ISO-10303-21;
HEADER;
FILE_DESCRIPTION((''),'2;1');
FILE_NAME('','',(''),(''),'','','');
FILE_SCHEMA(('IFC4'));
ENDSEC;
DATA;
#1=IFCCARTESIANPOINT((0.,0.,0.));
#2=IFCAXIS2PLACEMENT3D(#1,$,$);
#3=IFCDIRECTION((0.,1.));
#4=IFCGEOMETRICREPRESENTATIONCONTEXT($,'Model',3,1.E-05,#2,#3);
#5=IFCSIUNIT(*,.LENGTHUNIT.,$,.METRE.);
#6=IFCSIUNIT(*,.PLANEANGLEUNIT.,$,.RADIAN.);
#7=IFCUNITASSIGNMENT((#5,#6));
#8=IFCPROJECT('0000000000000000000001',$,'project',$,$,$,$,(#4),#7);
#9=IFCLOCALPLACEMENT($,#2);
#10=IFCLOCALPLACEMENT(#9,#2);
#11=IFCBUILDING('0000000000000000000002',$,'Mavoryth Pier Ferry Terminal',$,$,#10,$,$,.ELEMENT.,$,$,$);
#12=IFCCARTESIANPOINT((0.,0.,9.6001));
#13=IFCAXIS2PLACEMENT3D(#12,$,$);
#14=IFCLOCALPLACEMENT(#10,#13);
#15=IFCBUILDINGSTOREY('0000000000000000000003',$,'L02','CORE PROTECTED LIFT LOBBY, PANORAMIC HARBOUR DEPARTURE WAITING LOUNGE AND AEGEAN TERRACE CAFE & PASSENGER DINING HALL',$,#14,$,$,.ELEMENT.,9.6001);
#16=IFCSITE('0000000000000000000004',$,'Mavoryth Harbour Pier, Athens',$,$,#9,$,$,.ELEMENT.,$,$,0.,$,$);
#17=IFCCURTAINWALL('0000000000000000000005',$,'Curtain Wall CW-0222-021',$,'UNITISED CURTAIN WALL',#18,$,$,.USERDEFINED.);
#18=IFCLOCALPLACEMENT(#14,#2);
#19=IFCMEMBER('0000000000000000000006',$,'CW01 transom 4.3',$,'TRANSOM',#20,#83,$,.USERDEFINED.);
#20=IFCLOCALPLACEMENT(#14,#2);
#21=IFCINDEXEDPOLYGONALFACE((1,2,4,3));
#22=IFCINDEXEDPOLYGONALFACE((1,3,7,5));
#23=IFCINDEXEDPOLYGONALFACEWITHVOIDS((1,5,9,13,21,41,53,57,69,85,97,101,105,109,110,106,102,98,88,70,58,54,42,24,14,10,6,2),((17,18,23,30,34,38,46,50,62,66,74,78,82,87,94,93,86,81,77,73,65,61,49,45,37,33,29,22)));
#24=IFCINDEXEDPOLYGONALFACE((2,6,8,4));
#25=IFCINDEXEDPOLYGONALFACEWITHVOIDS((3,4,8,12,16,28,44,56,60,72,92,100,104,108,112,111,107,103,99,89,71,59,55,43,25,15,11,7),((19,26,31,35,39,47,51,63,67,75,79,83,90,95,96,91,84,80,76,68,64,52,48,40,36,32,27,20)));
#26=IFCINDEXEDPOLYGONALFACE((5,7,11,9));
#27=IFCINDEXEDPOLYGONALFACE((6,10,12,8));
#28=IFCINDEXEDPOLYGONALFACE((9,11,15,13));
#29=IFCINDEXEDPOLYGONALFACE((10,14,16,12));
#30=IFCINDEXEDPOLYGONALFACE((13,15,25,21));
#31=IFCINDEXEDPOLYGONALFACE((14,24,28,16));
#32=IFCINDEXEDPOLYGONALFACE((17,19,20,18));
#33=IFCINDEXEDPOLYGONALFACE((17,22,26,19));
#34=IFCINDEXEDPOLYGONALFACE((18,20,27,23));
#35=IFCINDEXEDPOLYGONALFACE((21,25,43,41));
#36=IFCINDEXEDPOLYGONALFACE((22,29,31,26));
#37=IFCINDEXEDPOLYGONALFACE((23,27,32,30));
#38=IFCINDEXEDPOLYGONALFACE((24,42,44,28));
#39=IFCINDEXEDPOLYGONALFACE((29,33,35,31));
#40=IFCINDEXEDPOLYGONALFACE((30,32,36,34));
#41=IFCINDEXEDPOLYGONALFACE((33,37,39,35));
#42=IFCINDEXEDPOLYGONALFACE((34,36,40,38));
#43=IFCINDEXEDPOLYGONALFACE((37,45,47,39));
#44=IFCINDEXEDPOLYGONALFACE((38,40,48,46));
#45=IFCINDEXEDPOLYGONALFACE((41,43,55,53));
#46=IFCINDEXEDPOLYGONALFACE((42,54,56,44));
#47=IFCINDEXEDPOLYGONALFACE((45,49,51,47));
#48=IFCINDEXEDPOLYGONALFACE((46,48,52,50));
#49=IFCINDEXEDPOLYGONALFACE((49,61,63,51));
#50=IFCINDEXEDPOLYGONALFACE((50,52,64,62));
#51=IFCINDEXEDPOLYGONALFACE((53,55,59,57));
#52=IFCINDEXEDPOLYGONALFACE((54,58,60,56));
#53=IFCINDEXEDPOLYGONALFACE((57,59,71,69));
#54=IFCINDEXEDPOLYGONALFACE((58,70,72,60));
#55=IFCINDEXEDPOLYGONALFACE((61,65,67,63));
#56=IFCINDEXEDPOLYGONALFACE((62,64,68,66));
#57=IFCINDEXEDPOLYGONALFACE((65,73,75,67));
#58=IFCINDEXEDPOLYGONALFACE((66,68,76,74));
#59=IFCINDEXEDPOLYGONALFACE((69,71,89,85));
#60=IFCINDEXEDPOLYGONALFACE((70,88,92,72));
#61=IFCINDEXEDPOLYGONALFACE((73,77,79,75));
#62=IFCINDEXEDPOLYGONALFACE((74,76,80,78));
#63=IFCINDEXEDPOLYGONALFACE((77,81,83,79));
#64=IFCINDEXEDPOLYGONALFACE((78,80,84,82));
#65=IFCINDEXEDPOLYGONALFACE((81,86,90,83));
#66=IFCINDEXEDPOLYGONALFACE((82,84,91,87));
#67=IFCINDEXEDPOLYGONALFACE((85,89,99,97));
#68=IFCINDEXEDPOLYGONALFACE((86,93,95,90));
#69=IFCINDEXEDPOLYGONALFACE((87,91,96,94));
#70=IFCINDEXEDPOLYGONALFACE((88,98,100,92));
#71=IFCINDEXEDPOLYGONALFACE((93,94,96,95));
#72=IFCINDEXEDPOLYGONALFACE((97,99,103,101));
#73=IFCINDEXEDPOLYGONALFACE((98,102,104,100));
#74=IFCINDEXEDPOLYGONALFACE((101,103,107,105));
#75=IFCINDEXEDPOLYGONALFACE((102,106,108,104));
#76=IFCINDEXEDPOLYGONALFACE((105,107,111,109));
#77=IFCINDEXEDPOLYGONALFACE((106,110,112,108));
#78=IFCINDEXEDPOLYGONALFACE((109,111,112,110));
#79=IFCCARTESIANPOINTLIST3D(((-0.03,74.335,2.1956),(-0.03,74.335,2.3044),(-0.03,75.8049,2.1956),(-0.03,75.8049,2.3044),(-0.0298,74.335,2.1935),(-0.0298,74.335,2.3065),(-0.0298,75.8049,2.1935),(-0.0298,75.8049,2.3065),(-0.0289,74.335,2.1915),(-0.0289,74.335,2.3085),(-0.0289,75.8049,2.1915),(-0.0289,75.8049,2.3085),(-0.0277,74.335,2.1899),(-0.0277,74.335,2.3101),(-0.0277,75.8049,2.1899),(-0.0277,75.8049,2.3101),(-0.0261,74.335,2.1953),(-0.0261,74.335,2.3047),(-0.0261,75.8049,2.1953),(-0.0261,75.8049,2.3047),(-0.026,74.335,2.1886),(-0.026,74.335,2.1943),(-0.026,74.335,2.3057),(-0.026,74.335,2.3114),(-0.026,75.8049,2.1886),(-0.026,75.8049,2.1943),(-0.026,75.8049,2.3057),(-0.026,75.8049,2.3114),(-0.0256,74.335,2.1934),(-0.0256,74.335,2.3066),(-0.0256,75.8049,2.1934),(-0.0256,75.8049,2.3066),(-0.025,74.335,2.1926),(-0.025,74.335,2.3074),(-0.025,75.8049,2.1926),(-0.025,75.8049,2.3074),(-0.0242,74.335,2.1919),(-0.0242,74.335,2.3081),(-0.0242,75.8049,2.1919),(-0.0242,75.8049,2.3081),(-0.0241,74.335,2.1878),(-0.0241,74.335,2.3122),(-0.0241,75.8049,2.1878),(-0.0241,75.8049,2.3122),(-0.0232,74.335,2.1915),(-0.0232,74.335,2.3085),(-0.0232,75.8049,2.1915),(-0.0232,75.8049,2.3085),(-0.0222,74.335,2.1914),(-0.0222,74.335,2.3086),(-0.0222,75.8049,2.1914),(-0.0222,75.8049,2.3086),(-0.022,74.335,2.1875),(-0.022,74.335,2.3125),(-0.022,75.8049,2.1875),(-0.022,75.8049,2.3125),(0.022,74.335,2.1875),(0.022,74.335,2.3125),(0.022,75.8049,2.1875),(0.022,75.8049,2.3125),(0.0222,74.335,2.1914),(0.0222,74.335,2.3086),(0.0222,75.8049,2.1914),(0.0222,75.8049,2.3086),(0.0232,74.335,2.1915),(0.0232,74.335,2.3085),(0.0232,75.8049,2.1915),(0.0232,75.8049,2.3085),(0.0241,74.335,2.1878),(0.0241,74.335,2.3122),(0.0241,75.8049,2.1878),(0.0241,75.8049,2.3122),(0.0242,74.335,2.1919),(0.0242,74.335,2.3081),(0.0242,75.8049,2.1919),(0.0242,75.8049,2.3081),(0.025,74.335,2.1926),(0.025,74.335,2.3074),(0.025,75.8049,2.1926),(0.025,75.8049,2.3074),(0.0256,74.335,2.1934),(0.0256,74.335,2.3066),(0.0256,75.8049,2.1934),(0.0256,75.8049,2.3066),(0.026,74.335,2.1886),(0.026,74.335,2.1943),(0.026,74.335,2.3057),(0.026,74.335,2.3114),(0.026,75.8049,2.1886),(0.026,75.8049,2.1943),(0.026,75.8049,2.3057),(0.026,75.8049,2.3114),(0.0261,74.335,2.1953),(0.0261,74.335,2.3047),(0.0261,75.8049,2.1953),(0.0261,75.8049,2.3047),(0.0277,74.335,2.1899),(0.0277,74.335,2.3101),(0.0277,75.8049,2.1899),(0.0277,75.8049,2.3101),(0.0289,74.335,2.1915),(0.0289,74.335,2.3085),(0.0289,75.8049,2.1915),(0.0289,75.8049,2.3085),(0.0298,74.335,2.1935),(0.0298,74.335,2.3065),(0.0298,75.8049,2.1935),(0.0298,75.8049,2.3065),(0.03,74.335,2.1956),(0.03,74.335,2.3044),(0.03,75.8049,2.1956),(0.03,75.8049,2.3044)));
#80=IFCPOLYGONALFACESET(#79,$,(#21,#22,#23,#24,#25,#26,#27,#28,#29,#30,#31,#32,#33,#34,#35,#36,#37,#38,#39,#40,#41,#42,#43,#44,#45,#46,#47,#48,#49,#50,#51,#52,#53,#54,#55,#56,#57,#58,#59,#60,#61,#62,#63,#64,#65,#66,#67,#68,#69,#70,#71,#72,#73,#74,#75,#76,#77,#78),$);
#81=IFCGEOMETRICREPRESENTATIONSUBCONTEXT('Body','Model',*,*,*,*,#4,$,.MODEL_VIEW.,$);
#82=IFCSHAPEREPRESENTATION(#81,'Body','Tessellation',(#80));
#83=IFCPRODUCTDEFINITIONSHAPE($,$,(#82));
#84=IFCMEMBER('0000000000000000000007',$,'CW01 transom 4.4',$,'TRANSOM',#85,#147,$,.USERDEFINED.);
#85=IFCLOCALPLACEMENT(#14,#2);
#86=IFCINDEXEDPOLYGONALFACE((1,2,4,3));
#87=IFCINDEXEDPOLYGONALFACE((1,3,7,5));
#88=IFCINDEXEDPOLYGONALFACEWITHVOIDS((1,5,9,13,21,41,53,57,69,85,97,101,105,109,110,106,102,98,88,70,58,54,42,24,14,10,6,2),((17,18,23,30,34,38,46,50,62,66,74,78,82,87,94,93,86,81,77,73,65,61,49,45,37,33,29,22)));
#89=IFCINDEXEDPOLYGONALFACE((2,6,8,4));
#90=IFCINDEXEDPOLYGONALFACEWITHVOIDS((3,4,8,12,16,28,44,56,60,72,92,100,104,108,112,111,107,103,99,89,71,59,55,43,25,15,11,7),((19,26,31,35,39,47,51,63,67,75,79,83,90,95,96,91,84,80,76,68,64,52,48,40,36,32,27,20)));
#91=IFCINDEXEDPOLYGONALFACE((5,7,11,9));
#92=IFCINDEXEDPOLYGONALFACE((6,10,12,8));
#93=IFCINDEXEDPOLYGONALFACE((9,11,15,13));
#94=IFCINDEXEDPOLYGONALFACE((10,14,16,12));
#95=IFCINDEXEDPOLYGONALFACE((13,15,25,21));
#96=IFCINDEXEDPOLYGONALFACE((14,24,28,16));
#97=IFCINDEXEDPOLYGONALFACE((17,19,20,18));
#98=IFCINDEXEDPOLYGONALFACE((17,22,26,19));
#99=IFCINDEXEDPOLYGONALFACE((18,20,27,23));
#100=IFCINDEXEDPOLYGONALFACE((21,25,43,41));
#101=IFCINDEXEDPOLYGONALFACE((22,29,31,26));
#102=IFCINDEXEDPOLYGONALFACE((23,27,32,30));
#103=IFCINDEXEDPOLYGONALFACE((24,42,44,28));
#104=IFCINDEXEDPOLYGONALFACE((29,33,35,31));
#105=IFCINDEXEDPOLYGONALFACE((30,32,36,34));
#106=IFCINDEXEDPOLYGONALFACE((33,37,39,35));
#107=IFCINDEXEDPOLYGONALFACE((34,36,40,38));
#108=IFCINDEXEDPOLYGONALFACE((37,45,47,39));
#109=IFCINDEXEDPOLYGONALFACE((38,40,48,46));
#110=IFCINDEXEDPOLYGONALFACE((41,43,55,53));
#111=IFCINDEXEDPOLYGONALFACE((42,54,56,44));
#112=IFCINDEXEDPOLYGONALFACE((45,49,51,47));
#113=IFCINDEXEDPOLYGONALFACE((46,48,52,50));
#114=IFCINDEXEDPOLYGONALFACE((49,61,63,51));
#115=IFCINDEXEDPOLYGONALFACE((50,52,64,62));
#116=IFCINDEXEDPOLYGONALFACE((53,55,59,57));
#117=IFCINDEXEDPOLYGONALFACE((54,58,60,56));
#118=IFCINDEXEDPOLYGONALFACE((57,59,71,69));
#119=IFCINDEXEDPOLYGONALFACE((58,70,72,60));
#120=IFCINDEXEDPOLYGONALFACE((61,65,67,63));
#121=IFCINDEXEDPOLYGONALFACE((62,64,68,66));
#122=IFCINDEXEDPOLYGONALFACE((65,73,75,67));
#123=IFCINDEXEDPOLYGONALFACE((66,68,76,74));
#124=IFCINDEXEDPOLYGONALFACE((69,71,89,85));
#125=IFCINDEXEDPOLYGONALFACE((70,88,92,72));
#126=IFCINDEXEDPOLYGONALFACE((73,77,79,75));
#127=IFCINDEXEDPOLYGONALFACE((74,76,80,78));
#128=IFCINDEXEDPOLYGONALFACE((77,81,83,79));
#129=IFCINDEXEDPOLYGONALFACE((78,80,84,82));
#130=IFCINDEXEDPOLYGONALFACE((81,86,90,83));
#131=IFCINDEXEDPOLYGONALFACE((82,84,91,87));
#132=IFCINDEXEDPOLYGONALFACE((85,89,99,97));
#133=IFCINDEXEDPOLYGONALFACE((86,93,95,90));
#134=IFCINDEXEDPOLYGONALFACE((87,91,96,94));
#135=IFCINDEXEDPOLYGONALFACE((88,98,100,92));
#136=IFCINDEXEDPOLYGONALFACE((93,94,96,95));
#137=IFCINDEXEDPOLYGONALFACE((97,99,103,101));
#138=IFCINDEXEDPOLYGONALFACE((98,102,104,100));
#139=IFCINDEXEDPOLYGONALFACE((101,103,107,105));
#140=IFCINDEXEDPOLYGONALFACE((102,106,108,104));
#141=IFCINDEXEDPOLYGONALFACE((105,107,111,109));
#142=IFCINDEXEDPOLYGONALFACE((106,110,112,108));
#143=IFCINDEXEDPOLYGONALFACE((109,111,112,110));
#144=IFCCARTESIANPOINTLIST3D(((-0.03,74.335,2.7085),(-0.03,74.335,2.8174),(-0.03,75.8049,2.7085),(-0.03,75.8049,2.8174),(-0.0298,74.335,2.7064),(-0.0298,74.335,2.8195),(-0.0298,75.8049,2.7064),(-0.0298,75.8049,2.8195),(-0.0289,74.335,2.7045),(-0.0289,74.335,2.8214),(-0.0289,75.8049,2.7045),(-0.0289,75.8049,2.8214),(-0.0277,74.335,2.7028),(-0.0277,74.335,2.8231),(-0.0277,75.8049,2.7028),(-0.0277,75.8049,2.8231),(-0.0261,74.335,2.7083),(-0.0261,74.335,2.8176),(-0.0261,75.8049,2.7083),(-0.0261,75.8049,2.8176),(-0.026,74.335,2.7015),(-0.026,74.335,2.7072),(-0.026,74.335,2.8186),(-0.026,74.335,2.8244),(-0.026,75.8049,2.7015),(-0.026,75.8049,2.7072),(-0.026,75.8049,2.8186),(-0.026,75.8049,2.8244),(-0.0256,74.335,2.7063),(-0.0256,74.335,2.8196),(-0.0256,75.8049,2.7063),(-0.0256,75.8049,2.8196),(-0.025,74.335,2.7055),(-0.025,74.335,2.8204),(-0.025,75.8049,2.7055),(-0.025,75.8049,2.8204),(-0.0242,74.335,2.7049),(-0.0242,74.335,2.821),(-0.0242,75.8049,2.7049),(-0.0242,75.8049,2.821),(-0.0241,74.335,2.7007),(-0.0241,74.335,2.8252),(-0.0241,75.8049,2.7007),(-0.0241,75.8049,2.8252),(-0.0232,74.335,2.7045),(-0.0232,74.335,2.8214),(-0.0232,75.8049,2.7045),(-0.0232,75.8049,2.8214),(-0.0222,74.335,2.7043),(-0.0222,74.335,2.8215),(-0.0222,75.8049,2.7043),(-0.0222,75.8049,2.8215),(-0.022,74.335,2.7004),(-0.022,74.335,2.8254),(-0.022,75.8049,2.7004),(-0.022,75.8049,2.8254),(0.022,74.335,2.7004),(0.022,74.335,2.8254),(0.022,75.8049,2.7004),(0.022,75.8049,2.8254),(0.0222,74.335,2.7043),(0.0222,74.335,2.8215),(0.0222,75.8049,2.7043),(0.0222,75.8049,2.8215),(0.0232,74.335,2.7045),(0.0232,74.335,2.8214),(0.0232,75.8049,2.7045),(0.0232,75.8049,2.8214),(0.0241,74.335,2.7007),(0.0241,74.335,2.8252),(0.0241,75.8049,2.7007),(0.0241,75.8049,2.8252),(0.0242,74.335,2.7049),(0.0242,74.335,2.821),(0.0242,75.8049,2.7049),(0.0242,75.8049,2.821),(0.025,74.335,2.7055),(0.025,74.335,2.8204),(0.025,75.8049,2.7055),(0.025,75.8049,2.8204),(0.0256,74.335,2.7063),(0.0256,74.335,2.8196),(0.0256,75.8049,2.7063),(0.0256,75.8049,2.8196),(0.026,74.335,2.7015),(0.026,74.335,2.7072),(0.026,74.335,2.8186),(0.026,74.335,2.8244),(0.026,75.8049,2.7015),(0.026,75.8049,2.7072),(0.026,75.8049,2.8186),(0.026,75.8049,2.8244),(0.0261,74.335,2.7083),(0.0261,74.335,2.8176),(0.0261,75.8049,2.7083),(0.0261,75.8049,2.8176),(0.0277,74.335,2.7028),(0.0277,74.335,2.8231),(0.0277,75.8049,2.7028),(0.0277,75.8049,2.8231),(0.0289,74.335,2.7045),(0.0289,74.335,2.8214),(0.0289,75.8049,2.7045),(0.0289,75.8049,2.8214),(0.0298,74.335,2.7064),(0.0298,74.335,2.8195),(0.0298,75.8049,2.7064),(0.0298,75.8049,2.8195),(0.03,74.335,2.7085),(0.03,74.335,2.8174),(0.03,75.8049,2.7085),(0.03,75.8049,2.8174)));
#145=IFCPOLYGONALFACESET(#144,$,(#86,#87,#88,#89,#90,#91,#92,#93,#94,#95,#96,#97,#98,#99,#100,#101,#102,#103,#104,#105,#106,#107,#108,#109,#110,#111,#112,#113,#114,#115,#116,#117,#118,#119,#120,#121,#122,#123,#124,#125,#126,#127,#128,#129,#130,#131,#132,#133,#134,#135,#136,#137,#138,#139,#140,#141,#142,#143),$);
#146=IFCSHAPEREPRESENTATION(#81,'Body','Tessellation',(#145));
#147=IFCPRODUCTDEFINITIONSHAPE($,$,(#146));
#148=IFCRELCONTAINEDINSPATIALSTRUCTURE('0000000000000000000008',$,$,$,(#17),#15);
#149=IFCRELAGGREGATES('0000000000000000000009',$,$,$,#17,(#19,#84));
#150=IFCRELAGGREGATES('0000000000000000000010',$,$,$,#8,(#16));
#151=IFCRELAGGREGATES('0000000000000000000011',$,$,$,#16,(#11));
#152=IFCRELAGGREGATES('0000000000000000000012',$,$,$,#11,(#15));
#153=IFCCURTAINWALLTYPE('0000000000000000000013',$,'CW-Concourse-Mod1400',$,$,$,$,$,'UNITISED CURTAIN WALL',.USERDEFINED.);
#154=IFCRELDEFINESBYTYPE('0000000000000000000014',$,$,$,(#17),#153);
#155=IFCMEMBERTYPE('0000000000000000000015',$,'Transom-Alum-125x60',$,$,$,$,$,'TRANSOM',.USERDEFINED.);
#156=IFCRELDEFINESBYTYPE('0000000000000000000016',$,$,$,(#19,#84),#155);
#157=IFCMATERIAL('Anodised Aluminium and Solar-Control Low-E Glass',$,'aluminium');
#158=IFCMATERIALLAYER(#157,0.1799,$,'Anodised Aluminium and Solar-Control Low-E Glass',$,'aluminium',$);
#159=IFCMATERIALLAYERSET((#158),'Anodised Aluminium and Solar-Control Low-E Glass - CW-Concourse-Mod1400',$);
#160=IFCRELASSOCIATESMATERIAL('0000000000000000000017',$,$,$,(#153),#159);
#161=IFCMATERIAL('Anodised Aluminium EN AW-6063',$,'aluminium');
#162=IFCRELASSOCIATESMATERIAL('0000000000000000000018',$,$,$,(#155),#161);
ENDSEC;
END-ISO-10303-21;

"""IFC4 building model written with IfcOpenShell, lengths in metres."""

from ifc_helpers import new_model, si_unit, direction, frame, origin, origin_2d, place, context, subcontext, project, spatial, hollow_rectangle, extrude, material, layer, layer_set, material_profile, profile_set, type_object, element, aggregate, save


model = new_model("IFC4")

# Units and contexts
model_context = context("Model", 3, precision=1e-05, world=origin(), true_north=direction((0.0, 1.0)))
body_context = subcontext(model_context, "Body", "Model", "MODEL_VIEW")
ifc_project = project(units=[si_unit("LENGTHUNIT", "METRE"), si_unit("PLANEANGLEUNIT", "RADIAN")], contexts=[model_context])

# Site, building, storey
site_placement = place(None, origin())
site = spatial("IfcSite", under=ifc_project, at=site_placement, Name="Mavoryth Harbour Pier, Athens", CompositionType="ELEMENT", RefElevation=0.0)
building_placement = place(site_placement, origin())
building = spatial("IfcBuilding", under=site, at=building_placement, Name="Mavoryth Pier Ferry Terminal", CompositionType="ELEMENT")
storey_placement = place(building_placement, frame((0.0, 0.0, 9.6001)))
storey = spatial("IfcBuildingStorey", under=building, at=storey_placement, Name="L02", Description="CORE PROTECTED LIFT LOBBY, PANORAMIC HARBOUR DEPARTURE WAITING LOUNGE AND AEGEAN TERRACE CAFE & PASSENGER DINING HALL", CompositionType="ELEMENT", Elevation=9.6001)

# Curtain wall
ifc_material_1 = material(Name="Anodised Aluminium and Solar-Control Low-E Glass", Category="aluminium")
ifc_layer_1 = layer(ifc_material_1, 0.1799, Name="Anodised Aluminium and Solar-Control Low-E Glass", Category="aluminium")
ifc_layer_set_1 = layer_set([ifc_layer_1], Name="Anodised Aluminium and Solar-Control Low-E Glass - CW-Concourse-Mod1400")
curtain_wall_type = type_object("IfcCurtainWallType", Name="CW-Concourse-Mod1400", ElementType="UNITISED CURTAIN WALL", PredefinedType="USERDEFINED", material=ifc_layer_set_1)
curtain_wall_placement = place(storey_placement, origin())
curtain_wall = element("IfcCurtainWall", 1, at=curtain_wall_placement, inside=storey, type_object=curtain_wall_type, Name="Curtain Wall CW-0222-021", ObjectType="UNITISED CURTAIN WALL", PredefinedType="USERDEFINED")
ifc_material_2 = material(Name="Anodised Aluminium EN AW-6063", Category="aluminium")

# Members
ifc_material_profile_1 = material_profile(ifc_material_2, hollow_rectangle(XDim=0.0601, YDim=0.125, WallThickness=0.0039, InnerFilletRadius=0.0039, OuterFilletRadius=0.0081, at=origin_2d()), Name="AL-TRAN 125x60x4", Category="aluminium")
ifc_profile_set_1 = profile_set([ifc_material_profile_1], Name="Anodised Aluminium EN AW-6063 - AL-TRAN 125x60x4")
member_type_1 = type_object("IfcMemberType", Name="Transom-Alum-125x60", ElementType="TRANSOM", PredefinedType="USERDEFINED", material=ifc_profile_set_1)
member_1_placement = place(storey_placement, frame((0.0, 75.8049, 2.25), z_axis=(0.0, -1.0, 0.0), x_axis=(1.0, 0.0, 0.0)))
member_1 = element("IfcMember", 2, at=member_1_placement, type_object=member_type_1, Name="CW01 transom 4.3", ObjectType="TRANSOM", PredefinedType="USERDEFINED", context=body_context, shape_type="SweptSolid", body=[
    extrude(hollow_rectangle(XDim=0.0601, YDim=0.125, WallThickness=0.0039, InnerFilletRadius=0.0039, OuterFilletRadius=0.0081, at=origin_2d()), origin(), (0.0, 0.0, 1.0), 1.47),
])
member_2_placement = place(storey_placement, frame((0.0, 75.8049, 2.7629), z_axis=(0.0, -1.0, 0.0), x_axis=(1.0, 0.0, 0.0)))
member_2 = element("IfcMember", 3, at=member_2_placement, type_object=member_type_1, Name="CW01 transom 4.4", ObjectType="TRANSOM", PredefinedType="USERDEFINED", context=body_context, shape_type="SweptSolid", body=[
    extrude(hollow_rectangle(XDim=0.0601, YDim=0.125, WallThickness=0.0039, InnerFilletRadius=0.0039, OuterFilletRadius=0.0081, at=origin_2d()), origin(), (0.0, 0.0, 1.0), 1.47),
])

aggregate(curtain_wall, [member_1, member_2])

save(model, "model.ifc")
